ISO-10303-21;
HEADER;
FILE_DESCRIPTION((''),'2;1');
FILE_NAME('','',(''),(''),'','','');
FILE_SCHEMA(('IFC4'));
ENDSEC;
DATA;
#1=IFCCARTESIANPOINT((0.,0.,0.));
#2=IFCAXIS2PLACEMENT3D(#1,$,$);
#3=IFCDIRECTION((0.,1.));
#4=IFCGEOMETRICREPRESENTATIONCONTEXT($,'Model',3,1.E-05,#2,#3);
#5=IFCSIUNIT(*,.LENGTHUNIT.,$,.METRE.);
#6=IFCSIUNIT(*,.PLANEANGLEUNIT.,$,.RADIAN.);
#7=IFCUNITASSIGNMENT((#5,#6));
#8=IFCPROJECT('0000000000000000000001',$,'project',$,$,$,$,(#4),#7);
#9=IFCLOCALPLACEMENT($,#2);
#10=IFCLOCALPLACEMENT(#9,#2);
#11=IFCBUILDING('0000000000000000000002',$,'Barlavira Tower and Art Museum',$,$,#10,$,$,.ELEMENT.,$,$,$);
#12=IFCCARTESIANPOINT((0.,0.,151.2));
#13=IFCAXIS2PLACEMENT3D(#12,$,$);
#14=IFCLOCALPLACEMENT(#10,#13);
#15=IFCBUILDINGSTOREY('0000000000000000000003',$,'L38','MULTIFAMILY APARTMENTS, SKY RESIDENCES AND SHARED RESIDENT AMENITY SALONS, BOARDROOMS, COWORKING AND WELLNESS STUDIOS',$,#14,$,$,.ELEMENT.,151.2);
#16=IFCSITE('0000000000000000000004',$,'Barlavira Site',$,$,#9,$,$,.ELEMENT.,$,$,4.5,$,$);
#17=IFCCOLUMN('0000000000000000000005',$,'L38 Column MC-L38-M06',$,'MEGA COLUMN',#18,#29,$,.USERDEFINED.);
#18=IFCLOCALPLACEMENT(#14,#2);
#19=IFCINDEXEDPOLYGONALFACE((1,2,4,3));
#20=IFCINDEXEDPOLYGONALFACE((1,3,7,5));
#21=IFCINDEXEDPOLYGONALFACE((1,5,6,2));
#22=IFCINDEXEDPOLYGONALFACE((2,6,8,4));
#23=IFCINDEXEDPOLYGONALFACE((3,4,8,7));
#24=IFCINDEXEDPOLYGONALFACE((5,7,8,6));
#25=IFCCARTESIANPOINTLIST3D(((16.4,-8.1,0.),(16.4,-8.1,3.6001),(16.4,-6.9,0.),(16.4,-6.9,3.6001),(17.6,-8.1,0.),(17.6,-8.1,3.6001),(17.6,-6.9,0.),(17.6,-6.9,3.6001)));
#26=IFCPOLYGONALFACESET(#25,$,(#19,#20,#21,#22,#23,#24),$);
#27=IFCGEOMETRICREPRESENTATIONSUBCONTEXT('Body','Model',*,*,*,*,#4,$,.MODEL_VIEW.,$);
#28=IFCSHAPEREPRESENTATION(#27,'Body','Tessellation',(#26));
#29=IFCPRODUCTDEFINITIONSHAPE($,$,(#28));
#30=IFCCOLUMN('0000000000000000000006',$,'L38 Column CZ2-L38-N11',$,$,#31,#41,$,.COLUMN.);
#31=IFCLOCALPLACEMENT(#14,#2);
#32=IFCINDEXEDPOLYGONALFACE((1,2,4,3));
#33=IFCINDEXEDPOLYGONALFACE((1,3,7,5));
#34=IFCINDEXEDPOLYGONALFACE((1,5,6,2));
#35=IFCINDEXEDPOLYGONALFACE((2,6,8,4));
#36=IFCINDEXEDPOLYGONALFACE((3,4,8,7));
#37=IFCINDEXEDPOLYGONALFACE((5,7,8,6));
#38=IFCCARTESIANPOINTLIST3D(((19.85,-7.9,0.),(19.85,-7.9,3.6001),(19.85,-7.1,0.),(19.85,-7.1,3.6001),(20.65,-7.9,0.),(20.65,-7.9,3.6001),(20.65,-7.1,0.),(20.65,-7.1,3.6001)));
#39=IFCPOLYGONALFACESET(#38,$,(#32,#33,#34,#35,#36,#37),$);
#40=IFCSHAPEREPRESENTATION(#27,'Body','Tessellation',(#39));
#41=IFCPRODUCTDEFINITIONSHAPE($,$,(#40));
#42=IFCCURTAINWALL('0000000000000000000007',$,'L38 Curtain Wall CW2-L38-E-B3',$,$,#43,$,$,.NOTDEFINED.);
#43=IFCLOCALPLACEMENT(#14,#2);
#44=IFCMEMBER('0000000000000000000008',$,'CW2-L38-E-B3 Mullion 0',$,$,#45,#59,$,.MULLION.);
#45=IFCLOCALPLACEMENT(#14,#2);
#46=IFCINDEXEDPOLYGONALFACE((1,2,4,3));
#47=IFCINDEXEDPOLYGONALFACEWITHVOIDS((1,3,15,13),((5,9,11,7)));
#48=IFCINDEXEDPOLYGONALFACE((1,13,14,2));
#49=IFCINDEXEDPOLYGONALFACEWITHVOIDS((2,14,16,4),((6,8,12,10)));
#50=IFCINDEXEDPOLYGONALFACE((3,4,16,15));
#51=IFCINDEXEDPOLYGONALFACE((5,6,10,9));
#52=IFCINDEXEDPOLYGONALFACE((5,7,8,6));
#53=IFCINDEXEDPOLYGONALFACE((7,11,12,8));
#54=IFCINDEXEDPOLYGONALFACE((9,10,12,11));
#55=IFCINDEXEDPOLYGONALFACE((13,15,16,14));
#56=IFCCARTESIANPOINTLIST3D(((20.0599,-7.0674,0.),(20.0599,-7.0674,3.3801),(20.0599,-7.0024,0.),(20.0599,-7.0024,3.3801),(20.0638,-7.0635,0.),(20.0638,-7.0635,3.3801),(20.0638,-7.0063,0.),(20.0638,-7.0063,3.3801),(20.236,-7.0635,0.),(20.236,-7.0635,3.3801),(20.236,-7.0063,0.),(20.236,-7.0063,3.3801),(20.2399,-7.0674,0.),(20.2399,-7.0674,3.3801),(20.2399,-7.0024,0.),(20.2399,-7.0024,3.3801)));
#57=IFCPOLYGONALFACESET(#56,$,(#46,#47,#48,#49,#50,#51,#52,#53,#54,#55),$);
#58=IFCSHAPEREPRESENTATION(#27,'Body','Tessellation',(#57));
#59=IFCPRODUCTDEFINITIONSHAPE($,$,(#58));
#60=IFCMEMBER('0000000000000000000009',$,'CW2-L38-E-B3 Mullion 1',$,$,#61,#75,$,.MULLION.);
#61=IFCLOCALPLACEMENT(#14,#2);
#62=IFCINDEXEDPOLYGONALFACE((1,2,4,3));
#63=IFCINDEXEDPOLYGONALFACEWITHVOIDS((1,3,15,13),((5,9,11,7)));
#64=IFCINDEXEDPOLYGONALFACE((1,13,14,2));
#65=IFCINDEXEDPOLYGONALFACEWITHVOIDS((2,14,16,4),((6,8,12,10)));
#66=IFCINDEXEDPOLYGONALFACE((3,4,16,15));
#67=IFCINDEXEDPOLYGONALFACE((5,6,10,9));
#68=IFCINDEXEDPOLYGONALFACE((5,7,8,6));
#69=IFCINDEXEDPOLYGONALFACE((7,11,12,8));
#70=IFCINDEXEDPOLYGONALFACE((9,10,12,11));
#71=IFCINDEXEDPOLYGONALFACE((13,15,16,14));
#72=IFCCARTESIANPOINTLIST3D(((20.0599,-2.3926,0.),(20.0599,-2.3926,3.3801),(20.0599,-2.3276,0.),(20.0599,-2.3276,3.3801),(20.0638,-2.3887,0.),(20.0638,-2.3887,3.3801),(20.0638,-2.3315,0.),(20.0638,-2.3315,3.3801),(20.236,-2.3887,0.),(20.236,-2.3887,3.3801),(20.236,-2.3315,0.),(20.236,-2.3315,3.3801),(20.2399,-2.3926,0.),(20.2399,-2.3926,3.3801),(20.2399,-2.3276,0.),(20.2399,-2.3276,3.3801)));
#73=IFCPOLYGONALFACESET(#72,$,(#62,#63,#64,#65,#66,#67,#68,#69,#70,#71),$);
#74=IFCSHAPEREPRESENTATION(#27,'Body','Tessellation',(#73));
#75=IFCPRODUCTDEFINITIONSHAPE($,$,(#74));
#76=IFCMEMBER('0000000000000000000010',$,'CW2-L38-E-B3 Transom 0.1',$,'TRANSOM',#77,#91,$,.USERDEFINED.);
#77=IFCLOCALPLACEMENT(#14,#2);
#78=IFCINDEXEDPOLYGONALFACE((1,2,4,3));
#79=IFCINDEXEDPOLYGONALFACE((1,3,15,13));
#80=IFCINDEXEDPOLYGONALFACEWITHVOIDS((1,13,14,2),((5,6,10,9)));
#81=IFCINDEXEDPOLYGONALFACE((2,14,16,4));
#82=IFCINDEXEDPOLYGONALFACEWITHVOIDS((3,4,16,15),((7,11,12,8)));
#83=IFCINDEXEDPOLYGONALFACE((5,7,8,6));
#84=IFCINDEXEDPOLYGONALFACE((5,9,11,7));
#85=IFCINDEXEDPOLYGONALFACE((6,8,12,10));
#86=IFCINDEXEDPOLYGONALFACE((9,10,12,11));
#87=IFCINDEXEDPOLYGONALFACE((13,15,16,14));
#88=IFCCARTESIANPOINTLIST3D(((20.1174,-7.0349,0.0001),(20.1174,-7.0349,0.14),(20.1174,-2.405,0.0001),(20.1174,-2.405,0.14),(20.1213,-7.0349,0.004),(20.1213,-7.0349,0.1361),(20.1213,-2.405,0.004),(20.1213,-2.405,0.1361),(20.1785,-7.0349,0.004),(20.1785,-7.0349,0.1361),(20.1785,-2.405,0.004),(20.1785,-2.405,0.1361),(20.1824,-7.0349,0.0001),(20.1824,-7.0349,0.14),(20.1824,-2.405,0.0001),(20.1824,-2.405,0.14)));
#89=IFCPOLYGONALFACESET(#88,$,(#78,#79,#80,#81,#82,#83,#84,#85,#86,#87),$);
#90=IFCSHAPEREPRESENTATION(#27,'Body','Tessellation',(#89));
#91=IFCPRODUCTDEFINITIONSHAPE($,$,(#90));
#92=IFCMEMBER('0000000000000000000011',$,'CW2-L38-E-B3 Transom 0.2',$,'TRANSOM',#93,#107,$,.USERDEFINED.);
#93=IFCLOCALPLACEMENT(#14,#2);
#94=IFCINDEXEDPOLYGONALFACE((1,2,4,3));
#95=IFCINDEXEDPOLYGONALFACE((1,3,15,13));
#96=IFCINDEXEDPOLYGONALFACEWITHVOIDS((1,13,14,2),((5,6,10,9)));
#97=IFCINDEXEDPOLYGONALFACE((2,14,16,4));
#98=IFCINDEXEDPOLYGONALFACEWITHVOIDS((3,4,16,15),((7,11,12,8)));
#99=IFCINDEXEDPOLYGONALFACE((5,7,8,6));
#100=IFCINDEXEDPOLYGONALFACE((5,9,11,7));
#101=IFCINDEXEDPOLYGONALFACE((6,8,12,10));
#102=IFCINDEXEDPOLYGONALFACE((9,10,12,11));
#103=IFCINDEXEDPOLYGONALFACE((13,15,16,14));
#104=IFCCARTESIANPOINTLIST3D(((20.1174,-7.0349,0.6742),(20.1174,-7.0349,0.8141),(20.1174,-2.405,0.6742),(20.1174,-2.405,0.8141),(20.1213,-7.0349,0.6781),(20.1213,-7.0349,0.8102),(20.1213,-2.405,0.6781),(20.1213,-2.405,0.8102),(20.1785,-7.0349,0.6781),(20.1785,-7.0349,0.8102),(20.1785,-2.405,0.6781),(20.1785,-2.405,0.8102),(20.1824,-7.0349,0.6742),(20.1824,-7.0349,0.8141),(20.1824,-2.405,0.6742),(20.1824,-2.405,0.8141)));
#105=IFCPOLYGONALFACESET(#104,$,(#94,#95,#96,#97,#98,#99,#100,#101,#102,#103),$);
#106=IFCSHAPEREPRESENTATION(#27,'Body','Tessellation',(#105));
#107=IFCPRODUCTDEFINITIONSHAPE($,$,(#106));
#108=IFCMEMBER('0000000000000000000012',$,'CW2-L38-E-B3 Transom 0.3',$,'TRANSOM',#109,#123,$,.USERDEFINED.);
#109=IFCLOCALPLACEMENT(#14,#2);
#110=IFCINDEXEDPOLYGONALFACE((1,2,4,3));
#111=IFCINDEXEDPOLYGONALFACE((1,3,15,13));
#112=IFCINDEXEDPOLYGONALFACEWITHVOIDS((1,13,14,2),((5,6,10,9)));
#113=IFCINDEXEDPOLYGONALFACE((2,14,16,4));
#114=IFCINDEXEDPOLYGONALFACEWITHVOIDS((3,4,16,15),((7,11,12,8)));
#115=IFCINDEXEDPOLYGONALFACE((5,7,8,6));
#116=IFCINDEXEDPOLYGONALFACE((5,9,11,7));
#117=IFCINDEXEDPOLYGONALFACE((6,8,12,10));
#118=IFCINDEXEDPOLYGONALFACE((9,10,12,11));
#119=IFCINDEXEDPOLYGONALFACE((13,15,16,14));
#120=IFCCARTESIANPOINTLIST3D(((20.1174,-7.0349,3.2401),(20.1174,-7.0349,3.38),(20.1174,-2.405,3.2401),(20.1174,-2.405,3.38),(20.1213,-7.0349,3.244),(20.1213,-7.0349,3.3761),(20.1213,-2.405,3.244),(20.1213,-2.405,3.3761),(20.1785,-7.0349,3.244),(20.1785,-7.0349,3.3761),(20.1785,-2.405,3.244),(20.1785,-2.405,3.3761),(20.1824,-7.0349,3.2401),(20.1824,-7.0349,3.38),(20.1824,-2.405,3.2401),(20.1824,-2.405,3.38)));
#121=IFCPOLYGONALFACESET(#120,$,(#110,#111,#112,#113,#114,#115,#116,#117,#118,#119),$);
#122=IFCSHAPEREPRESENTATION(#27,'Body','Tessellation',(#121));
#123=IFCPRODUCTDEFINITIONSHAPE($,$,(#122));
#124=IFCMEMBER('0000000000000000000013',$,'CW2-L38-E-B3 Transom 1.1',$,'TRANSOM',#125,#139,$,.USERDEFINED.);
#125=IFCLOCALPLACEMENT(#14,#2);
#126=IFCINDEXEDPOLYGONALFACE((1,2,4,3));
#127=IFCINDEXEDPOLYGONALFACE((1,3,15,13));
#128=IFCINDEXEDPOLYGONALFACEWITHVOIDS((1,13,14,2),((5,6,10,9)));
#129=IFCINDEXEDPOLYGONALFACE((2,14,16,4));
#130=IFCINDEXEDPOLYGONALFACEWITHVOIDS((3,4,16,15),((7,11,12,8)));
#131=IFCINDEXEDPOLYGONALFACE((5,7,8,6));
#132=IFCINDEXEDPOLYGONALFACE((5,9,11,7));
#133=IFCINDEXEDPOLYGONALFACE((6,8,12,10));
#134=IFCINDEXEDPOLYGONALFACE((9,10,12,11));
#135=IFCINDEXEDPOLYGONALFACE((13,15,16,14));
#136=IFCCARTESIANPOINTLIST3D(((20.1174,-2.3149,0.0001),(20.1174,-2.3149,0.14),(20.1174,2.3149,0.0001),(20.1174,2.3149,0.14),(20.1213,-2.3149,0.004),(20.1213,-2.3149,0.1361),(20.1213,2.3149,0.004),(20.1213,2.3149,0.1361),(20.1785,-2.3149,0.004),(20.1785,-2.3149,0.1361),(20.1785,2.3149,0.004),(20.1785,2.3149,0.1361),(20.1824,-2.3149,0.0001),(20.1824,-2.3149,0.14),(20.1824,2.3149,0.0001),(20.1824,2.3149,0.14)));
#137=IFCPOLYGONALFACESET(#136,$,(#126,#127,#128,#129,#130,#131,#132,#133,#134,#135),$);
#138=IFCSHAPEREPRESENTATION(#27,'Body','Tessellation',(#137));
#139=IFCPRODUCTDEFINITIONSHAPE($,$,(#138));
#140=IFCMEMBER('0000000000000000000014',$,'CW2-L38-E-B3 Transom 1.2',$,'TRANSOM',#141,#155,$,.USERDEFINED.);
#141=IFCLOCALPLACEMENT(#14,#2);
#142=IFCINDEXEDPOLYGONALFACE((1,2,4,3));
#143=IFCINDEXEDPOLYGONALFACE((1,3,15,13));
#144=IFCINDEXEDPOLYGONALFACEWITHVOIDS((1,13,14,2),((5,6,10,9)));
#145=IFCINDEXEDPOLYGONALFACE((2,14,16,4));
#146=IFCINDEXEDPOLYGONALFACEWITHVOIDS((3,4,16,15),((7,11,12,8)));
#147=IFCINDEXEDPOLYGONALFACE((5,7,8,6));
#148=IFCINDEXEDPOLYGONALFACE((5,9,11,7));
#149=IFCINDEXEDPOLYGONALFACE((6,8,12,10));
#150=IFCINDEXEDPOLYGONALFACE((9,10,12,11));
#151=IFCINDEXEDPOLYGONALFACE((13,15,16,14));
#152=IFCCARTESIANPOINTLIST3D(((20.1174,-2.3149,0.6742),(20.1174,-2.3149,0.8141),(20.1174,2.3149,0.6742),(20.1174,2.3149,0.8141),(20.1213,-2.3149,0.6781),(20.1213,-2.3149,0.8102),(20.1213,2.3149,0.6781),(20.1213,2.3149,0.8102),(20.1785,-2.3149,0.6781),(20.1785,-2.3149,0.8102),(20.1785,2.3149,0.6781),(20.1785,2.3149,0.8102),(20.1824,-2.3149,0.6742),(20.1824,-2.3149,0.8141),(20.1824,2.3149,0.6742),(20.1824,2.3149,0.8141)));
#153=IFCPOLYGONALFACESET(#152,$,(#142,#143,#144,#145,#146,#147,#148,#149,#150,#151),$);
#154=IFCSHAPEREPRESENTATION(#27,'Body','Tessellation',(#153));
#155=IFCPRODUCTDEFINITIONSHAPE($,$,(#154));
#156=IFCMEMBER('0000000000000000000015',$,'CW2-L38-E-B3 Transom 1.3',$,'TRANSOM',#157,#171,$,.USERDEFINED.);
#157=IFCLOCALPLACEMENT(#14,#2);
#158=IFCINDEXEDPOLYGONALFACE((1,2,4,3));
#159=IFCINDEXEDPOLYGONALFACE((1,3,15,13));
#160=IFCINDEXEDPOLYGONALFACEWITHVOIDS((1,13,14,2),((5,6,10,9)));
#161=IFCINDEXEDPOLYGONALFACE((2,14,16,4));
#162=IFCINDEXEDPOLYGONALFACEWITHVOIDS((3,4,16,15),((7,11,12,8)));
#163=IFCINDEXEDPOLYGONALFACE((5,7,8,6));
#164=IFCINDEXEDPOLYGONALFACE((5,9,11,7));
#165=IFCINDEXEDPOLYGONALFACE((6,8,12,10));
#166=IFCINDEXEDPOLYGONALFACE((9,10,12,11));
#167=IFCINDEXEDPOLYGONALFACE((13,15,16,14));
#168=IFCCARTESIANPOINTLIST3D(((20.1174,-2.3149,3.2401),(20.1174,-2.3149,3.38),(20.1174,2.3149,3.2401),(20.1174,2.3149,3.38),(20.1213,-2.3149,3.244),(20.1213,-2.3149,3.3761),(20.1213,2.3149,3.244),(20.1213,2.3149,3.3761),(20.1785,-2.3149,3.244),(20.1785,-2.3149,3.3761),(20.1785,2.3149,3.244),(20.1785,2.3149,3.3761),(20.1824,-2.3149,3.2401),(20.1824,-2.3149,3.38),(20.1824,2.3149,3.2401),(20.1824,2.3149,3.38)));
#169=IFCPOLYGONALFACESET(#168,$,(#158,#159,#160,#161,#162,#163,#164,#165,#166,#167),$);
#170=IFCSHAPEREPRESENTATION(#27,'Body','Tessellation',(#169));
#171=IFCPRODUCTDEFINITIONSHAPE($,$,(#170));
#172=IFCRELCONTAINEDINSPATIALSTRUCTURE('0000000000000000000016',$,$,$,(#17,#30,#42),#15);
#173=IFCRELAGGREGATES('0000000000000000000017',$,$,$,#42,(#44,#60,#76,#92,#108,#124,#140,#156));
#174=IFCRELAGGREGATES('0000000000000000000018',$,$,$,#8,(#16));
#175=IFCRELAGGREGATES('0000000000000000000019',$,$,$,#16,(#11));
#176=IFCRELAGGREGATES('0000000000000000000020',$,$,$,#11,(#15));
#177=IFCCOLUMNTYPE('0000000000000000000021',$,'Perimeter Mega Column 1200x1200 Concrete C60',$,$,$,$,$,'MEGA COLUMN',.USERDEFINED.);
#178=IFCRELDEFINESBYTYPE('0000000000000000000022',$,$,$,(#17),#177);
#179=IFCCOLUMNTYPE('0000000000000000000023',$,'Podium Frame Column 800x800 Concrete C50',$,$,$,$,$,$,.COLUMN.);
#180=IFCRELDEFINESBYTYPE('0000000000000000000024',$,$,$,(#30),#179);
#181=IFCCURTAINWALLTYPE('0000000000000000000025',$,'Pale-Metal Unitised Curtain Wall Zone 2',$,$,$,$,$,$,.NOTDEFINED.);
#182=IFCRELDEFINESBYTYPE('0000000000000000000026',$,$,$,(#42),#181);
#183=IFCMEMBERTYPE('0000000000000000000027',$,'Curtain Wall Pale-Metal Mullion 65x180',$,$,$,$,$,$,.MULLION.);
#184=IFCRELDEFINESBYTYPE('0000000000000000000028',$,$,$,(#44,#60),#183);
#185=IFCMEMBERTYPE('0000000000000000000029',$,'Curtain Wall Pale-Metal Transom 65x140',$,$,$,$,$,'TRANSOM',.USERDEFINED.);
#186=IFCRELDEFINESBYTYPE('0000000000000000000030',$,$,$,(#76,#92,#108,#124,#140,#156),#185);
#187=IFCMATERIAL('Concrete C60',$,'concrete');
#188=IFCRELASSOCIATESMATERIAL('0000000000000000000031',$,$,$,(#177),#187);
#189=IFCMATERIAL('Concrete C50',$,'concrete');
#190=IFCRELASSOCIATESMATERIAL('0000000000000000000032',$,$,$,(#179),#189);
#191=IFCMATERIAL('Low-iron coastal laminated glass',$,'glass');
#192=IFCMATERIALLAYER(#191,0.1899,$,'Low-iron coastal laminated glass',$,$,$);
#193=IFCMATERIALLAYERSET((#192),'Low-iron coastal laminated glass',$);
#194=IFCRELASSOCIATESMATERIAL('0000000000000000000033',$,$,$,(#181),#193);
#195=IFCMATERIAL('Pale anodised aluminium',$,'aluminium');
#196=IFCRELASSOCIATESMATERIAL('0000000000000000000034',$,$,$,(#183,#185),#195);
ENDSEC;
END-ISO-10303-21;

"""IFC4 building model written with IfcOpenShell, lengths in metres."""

from ifc_helpers import new_model, si_unit, direction, frame, origin, origin_2d, place, context, subcontext, project, spatial, rectangle, hollow_rectangle, extrude, material, layer, layer_set, material_profile, profile_set, type_object, element, aggregate, save


model = new_model("IFC4")

# Units and contexts
model_context = context("Model", 3, precision=1e-05, world=origin(), true_north=direction((0.0, 1.0)))
body_context = subcontext(model_context, "Body", "Model", "MODEL_VIEW")
ifc_project = project(units=[si_unit("LENGTHUNIT", "METRE"), si_unit("PLANEANGLEUNIT", "RADIAN")], contexts=[model_context])

# Site, building, storey
site_placement = place(None, origin())
site = spatial("IfcSite", under=ifc_project, at=site_placement, Name="Barlavira Site", CompositionType="ELEMENT", RefElevation=4.5)
building_placement = place(site_placement, origin())
building = spatial("IfcBuilding", under=site, at=building_placement, Name="Barlavira Tower and Art Museum", CompositionType="ELEMENT")
storey_placement = place(building_placement, frame((0.0, 0.0, 151.2)))
storey = spatial("IfcBuildingStorey", under=building, at=storey_placement, Name="L38", Description="MULTIFAMILY APARTMENTS, SKY RESIDENCES AND SHARED RESIDENT AMENITY SALONS, BOARDROOMS, COWORKING AND WELLNESS STUDIOS", CompositionType="ELEMENT", Elevation=151.2)

# Columns
ifc_material_1 = material(Name="Concrete C60", Category="concrete")
ifc_material_profile_1 = material_profile(ifc_material_1, rectangle(XDim=1.2, YDim=1.2, at=origin_2d()), Name="RC-COL 1200x1200")
ifc_profile_set_1 = profile_set([ifc_material_profile_1], Name="Concrete C60")
column_type_1 = type_object("IfcColumnType", Name="Perimeter Mega Column 1200x1200 Concrete C60", ElementType="MEGA COLUMN", PredefinedType="USERDEFINED", material=ifc_profile_set_1)
column_1_placement = place(storey_placement, frame((17.0, -7.5, 0.0), z_axis=(0.0, 0.0, 1.0), x_axis=(1.0, 0.0, 0.0)))
element("IfcColumn", 1, at=column_1_placement, inside=storey, type_object=column_type_1, Name="L38 Column MC-L38-M06", ObjectType="MEGA COLUMN", PredefinedType="USERDEFINED", context=body_context, shape_type="SweptSolid", body=[
    extrude(rectangle(XDim=1.2, YDim=1.2, at=origin_2d()), origin(), (0.0, 0.0, 1.0), 3.6001),
])
ifc_material_2 = material(Name="Concrete C50", Category="concrete")
ifc_material_profile_2 = material_profile(ifc_material_2, rectangle(XDim=0.8, YDim=0.8, at=origin_2d()), Name="RC-COL 800x800")
ifc_profile_set_2 = profile_set([ifc_material_profile_2], Name="Concrete C50")
column_type_2 = type_object("IfcColumnType", Name="Podium Frame Column 800x800 Concrete C50", PredefinedType="COLUMN", material=ifc_profile_set_2)
column_2_placement = place(storey_placement, frame((20.25, -7.5, 0.0), z_axis=(0.0, 0.0, 1.0), x_axis=(1.0, 0.0, 0.0)))
element("IfcColumn", 2, at=column_2_placement, inside=storey, type_object=column_type_2, Name="L38 Column CZ2-L38-N11", PredefinedType="COLUMN", context=body_context, shape_type="SweptSolid", body=[
    extrude(rectangle(XDim=0.8, YDim=0.8, at=origin_2d()), origin(), (0.0, 0.0, 1.0), 3.6001),
])

# Curtain wall, members
ifc_material_3 = material(Name="Low-iron coastal laminated glass", Category="glass")
ifc_layer_1 = layer(ifc_material_3, 0.1899, Name="Low-iron coastal laminated glass")
ifc_layer_set_1 = layer_set([ifc_layer_1], Name="Low-iron coastal laminated glass")
curtain_wall_type = type_object("IfcCurtainWallType", Name="Pale-Metal Unitised Curtain Wall Zone 2", PredefinedType="NOTDEFINED", material=ifc_layer_set_1)
curtain_wall_placement = place(storey_placement, origin())
curtain_wall = element("IfcCurtainWall", 3, at=curtain_wall_placement, inside=storey, type_object=curtain_wall_type, Name="L38 Curtain Wall CW2-L38-E-B3", PredefinedType="NOTDEFINED")
ifc_material_4 = material(Name="Pale anodised aluminium", Category="aluminium")
ifc_material_profile_3 = material_profile(ifc_material_4, hollow_rectangle(XDim=0.0649, YDim=0.1799, WallThickness=0.0039, at=origin_2d()), Name="ALU-MULL 65x180x4")
ifc_profile_set_3 = profile_set([ifc_material_profile_3], Name="Pale anodised aluminium")
member_type_1 = type_object("IfcMemberType", Name="Curtain Wall Pale-Metal Mullion 65x180", PredefinedType="MULLION", material=ifc_profile_set_3)
member_1_placement = place(storey_placement, frame((20.1499, -7.0349, 0.0), z_axis=(0.0, 0.0, 1.0), x_axis=(0.0, 1.0, 0.0)))
member_1 = element("IfcMember", 4, at=member_1_placement, type_object=member_type_1, Name="CW2-L38-E-B3 Mullion 0", PredefinedType="MULLION", context=body_context, shape_type="SweptSolid", body=[
    extrude(hollow_rectangle(XDim=0.0649, YDim=0.1799, WallThickness=0.0039, at=origin_2d()), origin(), (0.0, 0.0, 1.0), 3.3801),
])
member_2_placement = place(storey_placement, frame((20.1499, -2.3601, 0.0), z_axis=(0.0, 0.0, 1.0), x_axis=(0.0, 1.0, 0.0)))
member_2 = element("IfcMember", 5, at=member_2_placement, type_object=member_type_1, Name="CW2-L38-E-B3 Mullion 1", PredefinedType="MULLION", context=body_context, shape_type="SweptSolid", body=[
    extrude(hollow_rectangle(XDim=0.0649, YDim=0.1799, WallThickness=0.0039, at=origin_2d()), origin(), (0.0, 0.0, 1.0), 3.3801),
])
ifc_material_profile_4 = material_profile(ifc_material_4, hollow_rectangle(XDim=0.0649, YDim=0.1399, WallThickness=0.0039, at=origin_2d()), Name="ALU-TRAN 65x140x4")
ifc_profile_set_4 = profile_set([ifc_material_profile_4], Name="Pale anodised aluminium")
member_type_2 = type_object("IfcMemberType", Name="Curtain Wall Pale-Metal Transom 65x140", ElementType="TRANSOM", PredefinedType="USERDEFINED", material=ifc_profile_set_4)
member_3_placement = place(storey_placement, frame((20.1499, -7.0349, 0.0701), z_axis=(0.0, 1.0, 0.0), x_axis=(-1.0, 0.0, 0.0)))
member_3 = element("IfcMember", 6, at=member_3_placement, type_object=member_type_2, Name="CW2-L38-E-B3 Transom 0.1", ObjectType="TRANSOM", PredefinedType="USERDEFINED", context=body_context, shape_type="SweptSolid", body=[
    extrude(hollow_rectangle(XDim=0.0649, YDim=0.1399, WallThickness=0.0039, at=origin_2d()), origin(), (0.0, 0.0, 1.0), 4.6299),
])
member_4_placement = place(storey_placement, frame((20.1499, -7.0349, 0.7441), z_axis=(0.0, 1.0, 0.0), x_axis=(-1.0, 0.0, 0.0)))
member_4 = element("IfcMember", 7, at=member_4_placement, type_object=member_type_2, Name="CW2-L38-E-B3 Transom 0.2", ObjectType="TRANSOM", PredefinedType="USERDEFINED", context=body_context, shape_type="SweptSolid", body=[
    extrude(hollow_rectangle(XDim=0.0649, YDim=0.1399, WallThickness=0.0039, at=origin_2d()), origin(), (0.0, 0.0, 1.0), 4.6299),
])
member_5_placement = place(storey_placement, frame((20.1499, -7.0349, 3.3101), z_axis=(0.0, 1.0, 0.0), x_axis=(-1.0, 0.0, 0.0)))
member_5 = element("IfcMember", 8, at=member_5_placement, type_object=member_type_2, Name="CW2-L38-E-B3 Transom 0.3", ObjectType="TRANSOM", PredefinedType="USERDEFINED", context=body_context, shape_type="SweptSolid", body=[
    extrude(hollow_rectangle(XDim=0.0649, YDim=0.1399, WallThickness=0.0039, at=origin_2d()), origin(), (0.0, 0.0, 1.0), 4.6299),
])
member_6_placement = place(storey_placement, frame((20.1499, -2.3149, 0.0701), z_axis=(0.0, 1.0, 0.0), x_axis=(-1.0, 0.0, 0.0)))
member_6 = element("IfcMember", 9, at=member_6_placement, type_object=member_type_2, Name="CW2-L38-E-B3 Transom 1.1", ObjectType="TRANSOM", PredefinedType="USERDEFINED", context=body_context, shape_type="SweptSolid", body=[
    extrude(hollow_rectangle(XDim=0.0649, YDim=0.1399, WallThickness=0.0039, at=origin_2d()), origin(), (0.0, 0.0, 1.0), 4.6299),
])
member_7_placement = place(storey_placement, frame((20.1499, -2.3149, 0.7441), z_axis=(0.0, 1.0, 0.0), x_axis=(-1.0, 0.0, 0.0)))
member_7 = element("IfcMember", 10, at=member_7_placement, type_object=member_type_2, Name="CW2-L38-E-B3 Transom 1.2", ObjectType="TRANSOM", PredefinedType="USERDEFINED", context=body_context, shape_type="SweptSolid", body=[
    extrude(hollow_rectangle(XDim=0.0649, YDim=0.1399, WallThickness=0.0039, at=origin_2d()), origin(), (0.0, 0.0, 1.0), 4.6299),
])
member_8_placement = place(storey_placement, frame((20.1499, -2.3149, 3.3101), z_axis=(0.0, 1.0, 0.0), x_axis=(-1.0, 0.0, 0.0)))
member_8 = element("IfcMember", 11, at=member_8_placement, type_object=member_type_2, Name="CW2-L38-E-B3 Transom 1.3", ObjectType="TRANSOM", PredefinedType="USERDEFINED", context=body_context, shape_type="SweptSolid", body=[
    extrude(hollow_rectangle(XDim=0.0649, YDim=0.1399, WallThickness=0.0039, at=origin_2d()), origin(), (0.0, 0.0, 1.0), 4.6299),
])

aggregate(curtain_wall, [member_1, member_2, member_3, member_4, member_5, member_6, member_7, member_8])

save(model, "model.ifc")
